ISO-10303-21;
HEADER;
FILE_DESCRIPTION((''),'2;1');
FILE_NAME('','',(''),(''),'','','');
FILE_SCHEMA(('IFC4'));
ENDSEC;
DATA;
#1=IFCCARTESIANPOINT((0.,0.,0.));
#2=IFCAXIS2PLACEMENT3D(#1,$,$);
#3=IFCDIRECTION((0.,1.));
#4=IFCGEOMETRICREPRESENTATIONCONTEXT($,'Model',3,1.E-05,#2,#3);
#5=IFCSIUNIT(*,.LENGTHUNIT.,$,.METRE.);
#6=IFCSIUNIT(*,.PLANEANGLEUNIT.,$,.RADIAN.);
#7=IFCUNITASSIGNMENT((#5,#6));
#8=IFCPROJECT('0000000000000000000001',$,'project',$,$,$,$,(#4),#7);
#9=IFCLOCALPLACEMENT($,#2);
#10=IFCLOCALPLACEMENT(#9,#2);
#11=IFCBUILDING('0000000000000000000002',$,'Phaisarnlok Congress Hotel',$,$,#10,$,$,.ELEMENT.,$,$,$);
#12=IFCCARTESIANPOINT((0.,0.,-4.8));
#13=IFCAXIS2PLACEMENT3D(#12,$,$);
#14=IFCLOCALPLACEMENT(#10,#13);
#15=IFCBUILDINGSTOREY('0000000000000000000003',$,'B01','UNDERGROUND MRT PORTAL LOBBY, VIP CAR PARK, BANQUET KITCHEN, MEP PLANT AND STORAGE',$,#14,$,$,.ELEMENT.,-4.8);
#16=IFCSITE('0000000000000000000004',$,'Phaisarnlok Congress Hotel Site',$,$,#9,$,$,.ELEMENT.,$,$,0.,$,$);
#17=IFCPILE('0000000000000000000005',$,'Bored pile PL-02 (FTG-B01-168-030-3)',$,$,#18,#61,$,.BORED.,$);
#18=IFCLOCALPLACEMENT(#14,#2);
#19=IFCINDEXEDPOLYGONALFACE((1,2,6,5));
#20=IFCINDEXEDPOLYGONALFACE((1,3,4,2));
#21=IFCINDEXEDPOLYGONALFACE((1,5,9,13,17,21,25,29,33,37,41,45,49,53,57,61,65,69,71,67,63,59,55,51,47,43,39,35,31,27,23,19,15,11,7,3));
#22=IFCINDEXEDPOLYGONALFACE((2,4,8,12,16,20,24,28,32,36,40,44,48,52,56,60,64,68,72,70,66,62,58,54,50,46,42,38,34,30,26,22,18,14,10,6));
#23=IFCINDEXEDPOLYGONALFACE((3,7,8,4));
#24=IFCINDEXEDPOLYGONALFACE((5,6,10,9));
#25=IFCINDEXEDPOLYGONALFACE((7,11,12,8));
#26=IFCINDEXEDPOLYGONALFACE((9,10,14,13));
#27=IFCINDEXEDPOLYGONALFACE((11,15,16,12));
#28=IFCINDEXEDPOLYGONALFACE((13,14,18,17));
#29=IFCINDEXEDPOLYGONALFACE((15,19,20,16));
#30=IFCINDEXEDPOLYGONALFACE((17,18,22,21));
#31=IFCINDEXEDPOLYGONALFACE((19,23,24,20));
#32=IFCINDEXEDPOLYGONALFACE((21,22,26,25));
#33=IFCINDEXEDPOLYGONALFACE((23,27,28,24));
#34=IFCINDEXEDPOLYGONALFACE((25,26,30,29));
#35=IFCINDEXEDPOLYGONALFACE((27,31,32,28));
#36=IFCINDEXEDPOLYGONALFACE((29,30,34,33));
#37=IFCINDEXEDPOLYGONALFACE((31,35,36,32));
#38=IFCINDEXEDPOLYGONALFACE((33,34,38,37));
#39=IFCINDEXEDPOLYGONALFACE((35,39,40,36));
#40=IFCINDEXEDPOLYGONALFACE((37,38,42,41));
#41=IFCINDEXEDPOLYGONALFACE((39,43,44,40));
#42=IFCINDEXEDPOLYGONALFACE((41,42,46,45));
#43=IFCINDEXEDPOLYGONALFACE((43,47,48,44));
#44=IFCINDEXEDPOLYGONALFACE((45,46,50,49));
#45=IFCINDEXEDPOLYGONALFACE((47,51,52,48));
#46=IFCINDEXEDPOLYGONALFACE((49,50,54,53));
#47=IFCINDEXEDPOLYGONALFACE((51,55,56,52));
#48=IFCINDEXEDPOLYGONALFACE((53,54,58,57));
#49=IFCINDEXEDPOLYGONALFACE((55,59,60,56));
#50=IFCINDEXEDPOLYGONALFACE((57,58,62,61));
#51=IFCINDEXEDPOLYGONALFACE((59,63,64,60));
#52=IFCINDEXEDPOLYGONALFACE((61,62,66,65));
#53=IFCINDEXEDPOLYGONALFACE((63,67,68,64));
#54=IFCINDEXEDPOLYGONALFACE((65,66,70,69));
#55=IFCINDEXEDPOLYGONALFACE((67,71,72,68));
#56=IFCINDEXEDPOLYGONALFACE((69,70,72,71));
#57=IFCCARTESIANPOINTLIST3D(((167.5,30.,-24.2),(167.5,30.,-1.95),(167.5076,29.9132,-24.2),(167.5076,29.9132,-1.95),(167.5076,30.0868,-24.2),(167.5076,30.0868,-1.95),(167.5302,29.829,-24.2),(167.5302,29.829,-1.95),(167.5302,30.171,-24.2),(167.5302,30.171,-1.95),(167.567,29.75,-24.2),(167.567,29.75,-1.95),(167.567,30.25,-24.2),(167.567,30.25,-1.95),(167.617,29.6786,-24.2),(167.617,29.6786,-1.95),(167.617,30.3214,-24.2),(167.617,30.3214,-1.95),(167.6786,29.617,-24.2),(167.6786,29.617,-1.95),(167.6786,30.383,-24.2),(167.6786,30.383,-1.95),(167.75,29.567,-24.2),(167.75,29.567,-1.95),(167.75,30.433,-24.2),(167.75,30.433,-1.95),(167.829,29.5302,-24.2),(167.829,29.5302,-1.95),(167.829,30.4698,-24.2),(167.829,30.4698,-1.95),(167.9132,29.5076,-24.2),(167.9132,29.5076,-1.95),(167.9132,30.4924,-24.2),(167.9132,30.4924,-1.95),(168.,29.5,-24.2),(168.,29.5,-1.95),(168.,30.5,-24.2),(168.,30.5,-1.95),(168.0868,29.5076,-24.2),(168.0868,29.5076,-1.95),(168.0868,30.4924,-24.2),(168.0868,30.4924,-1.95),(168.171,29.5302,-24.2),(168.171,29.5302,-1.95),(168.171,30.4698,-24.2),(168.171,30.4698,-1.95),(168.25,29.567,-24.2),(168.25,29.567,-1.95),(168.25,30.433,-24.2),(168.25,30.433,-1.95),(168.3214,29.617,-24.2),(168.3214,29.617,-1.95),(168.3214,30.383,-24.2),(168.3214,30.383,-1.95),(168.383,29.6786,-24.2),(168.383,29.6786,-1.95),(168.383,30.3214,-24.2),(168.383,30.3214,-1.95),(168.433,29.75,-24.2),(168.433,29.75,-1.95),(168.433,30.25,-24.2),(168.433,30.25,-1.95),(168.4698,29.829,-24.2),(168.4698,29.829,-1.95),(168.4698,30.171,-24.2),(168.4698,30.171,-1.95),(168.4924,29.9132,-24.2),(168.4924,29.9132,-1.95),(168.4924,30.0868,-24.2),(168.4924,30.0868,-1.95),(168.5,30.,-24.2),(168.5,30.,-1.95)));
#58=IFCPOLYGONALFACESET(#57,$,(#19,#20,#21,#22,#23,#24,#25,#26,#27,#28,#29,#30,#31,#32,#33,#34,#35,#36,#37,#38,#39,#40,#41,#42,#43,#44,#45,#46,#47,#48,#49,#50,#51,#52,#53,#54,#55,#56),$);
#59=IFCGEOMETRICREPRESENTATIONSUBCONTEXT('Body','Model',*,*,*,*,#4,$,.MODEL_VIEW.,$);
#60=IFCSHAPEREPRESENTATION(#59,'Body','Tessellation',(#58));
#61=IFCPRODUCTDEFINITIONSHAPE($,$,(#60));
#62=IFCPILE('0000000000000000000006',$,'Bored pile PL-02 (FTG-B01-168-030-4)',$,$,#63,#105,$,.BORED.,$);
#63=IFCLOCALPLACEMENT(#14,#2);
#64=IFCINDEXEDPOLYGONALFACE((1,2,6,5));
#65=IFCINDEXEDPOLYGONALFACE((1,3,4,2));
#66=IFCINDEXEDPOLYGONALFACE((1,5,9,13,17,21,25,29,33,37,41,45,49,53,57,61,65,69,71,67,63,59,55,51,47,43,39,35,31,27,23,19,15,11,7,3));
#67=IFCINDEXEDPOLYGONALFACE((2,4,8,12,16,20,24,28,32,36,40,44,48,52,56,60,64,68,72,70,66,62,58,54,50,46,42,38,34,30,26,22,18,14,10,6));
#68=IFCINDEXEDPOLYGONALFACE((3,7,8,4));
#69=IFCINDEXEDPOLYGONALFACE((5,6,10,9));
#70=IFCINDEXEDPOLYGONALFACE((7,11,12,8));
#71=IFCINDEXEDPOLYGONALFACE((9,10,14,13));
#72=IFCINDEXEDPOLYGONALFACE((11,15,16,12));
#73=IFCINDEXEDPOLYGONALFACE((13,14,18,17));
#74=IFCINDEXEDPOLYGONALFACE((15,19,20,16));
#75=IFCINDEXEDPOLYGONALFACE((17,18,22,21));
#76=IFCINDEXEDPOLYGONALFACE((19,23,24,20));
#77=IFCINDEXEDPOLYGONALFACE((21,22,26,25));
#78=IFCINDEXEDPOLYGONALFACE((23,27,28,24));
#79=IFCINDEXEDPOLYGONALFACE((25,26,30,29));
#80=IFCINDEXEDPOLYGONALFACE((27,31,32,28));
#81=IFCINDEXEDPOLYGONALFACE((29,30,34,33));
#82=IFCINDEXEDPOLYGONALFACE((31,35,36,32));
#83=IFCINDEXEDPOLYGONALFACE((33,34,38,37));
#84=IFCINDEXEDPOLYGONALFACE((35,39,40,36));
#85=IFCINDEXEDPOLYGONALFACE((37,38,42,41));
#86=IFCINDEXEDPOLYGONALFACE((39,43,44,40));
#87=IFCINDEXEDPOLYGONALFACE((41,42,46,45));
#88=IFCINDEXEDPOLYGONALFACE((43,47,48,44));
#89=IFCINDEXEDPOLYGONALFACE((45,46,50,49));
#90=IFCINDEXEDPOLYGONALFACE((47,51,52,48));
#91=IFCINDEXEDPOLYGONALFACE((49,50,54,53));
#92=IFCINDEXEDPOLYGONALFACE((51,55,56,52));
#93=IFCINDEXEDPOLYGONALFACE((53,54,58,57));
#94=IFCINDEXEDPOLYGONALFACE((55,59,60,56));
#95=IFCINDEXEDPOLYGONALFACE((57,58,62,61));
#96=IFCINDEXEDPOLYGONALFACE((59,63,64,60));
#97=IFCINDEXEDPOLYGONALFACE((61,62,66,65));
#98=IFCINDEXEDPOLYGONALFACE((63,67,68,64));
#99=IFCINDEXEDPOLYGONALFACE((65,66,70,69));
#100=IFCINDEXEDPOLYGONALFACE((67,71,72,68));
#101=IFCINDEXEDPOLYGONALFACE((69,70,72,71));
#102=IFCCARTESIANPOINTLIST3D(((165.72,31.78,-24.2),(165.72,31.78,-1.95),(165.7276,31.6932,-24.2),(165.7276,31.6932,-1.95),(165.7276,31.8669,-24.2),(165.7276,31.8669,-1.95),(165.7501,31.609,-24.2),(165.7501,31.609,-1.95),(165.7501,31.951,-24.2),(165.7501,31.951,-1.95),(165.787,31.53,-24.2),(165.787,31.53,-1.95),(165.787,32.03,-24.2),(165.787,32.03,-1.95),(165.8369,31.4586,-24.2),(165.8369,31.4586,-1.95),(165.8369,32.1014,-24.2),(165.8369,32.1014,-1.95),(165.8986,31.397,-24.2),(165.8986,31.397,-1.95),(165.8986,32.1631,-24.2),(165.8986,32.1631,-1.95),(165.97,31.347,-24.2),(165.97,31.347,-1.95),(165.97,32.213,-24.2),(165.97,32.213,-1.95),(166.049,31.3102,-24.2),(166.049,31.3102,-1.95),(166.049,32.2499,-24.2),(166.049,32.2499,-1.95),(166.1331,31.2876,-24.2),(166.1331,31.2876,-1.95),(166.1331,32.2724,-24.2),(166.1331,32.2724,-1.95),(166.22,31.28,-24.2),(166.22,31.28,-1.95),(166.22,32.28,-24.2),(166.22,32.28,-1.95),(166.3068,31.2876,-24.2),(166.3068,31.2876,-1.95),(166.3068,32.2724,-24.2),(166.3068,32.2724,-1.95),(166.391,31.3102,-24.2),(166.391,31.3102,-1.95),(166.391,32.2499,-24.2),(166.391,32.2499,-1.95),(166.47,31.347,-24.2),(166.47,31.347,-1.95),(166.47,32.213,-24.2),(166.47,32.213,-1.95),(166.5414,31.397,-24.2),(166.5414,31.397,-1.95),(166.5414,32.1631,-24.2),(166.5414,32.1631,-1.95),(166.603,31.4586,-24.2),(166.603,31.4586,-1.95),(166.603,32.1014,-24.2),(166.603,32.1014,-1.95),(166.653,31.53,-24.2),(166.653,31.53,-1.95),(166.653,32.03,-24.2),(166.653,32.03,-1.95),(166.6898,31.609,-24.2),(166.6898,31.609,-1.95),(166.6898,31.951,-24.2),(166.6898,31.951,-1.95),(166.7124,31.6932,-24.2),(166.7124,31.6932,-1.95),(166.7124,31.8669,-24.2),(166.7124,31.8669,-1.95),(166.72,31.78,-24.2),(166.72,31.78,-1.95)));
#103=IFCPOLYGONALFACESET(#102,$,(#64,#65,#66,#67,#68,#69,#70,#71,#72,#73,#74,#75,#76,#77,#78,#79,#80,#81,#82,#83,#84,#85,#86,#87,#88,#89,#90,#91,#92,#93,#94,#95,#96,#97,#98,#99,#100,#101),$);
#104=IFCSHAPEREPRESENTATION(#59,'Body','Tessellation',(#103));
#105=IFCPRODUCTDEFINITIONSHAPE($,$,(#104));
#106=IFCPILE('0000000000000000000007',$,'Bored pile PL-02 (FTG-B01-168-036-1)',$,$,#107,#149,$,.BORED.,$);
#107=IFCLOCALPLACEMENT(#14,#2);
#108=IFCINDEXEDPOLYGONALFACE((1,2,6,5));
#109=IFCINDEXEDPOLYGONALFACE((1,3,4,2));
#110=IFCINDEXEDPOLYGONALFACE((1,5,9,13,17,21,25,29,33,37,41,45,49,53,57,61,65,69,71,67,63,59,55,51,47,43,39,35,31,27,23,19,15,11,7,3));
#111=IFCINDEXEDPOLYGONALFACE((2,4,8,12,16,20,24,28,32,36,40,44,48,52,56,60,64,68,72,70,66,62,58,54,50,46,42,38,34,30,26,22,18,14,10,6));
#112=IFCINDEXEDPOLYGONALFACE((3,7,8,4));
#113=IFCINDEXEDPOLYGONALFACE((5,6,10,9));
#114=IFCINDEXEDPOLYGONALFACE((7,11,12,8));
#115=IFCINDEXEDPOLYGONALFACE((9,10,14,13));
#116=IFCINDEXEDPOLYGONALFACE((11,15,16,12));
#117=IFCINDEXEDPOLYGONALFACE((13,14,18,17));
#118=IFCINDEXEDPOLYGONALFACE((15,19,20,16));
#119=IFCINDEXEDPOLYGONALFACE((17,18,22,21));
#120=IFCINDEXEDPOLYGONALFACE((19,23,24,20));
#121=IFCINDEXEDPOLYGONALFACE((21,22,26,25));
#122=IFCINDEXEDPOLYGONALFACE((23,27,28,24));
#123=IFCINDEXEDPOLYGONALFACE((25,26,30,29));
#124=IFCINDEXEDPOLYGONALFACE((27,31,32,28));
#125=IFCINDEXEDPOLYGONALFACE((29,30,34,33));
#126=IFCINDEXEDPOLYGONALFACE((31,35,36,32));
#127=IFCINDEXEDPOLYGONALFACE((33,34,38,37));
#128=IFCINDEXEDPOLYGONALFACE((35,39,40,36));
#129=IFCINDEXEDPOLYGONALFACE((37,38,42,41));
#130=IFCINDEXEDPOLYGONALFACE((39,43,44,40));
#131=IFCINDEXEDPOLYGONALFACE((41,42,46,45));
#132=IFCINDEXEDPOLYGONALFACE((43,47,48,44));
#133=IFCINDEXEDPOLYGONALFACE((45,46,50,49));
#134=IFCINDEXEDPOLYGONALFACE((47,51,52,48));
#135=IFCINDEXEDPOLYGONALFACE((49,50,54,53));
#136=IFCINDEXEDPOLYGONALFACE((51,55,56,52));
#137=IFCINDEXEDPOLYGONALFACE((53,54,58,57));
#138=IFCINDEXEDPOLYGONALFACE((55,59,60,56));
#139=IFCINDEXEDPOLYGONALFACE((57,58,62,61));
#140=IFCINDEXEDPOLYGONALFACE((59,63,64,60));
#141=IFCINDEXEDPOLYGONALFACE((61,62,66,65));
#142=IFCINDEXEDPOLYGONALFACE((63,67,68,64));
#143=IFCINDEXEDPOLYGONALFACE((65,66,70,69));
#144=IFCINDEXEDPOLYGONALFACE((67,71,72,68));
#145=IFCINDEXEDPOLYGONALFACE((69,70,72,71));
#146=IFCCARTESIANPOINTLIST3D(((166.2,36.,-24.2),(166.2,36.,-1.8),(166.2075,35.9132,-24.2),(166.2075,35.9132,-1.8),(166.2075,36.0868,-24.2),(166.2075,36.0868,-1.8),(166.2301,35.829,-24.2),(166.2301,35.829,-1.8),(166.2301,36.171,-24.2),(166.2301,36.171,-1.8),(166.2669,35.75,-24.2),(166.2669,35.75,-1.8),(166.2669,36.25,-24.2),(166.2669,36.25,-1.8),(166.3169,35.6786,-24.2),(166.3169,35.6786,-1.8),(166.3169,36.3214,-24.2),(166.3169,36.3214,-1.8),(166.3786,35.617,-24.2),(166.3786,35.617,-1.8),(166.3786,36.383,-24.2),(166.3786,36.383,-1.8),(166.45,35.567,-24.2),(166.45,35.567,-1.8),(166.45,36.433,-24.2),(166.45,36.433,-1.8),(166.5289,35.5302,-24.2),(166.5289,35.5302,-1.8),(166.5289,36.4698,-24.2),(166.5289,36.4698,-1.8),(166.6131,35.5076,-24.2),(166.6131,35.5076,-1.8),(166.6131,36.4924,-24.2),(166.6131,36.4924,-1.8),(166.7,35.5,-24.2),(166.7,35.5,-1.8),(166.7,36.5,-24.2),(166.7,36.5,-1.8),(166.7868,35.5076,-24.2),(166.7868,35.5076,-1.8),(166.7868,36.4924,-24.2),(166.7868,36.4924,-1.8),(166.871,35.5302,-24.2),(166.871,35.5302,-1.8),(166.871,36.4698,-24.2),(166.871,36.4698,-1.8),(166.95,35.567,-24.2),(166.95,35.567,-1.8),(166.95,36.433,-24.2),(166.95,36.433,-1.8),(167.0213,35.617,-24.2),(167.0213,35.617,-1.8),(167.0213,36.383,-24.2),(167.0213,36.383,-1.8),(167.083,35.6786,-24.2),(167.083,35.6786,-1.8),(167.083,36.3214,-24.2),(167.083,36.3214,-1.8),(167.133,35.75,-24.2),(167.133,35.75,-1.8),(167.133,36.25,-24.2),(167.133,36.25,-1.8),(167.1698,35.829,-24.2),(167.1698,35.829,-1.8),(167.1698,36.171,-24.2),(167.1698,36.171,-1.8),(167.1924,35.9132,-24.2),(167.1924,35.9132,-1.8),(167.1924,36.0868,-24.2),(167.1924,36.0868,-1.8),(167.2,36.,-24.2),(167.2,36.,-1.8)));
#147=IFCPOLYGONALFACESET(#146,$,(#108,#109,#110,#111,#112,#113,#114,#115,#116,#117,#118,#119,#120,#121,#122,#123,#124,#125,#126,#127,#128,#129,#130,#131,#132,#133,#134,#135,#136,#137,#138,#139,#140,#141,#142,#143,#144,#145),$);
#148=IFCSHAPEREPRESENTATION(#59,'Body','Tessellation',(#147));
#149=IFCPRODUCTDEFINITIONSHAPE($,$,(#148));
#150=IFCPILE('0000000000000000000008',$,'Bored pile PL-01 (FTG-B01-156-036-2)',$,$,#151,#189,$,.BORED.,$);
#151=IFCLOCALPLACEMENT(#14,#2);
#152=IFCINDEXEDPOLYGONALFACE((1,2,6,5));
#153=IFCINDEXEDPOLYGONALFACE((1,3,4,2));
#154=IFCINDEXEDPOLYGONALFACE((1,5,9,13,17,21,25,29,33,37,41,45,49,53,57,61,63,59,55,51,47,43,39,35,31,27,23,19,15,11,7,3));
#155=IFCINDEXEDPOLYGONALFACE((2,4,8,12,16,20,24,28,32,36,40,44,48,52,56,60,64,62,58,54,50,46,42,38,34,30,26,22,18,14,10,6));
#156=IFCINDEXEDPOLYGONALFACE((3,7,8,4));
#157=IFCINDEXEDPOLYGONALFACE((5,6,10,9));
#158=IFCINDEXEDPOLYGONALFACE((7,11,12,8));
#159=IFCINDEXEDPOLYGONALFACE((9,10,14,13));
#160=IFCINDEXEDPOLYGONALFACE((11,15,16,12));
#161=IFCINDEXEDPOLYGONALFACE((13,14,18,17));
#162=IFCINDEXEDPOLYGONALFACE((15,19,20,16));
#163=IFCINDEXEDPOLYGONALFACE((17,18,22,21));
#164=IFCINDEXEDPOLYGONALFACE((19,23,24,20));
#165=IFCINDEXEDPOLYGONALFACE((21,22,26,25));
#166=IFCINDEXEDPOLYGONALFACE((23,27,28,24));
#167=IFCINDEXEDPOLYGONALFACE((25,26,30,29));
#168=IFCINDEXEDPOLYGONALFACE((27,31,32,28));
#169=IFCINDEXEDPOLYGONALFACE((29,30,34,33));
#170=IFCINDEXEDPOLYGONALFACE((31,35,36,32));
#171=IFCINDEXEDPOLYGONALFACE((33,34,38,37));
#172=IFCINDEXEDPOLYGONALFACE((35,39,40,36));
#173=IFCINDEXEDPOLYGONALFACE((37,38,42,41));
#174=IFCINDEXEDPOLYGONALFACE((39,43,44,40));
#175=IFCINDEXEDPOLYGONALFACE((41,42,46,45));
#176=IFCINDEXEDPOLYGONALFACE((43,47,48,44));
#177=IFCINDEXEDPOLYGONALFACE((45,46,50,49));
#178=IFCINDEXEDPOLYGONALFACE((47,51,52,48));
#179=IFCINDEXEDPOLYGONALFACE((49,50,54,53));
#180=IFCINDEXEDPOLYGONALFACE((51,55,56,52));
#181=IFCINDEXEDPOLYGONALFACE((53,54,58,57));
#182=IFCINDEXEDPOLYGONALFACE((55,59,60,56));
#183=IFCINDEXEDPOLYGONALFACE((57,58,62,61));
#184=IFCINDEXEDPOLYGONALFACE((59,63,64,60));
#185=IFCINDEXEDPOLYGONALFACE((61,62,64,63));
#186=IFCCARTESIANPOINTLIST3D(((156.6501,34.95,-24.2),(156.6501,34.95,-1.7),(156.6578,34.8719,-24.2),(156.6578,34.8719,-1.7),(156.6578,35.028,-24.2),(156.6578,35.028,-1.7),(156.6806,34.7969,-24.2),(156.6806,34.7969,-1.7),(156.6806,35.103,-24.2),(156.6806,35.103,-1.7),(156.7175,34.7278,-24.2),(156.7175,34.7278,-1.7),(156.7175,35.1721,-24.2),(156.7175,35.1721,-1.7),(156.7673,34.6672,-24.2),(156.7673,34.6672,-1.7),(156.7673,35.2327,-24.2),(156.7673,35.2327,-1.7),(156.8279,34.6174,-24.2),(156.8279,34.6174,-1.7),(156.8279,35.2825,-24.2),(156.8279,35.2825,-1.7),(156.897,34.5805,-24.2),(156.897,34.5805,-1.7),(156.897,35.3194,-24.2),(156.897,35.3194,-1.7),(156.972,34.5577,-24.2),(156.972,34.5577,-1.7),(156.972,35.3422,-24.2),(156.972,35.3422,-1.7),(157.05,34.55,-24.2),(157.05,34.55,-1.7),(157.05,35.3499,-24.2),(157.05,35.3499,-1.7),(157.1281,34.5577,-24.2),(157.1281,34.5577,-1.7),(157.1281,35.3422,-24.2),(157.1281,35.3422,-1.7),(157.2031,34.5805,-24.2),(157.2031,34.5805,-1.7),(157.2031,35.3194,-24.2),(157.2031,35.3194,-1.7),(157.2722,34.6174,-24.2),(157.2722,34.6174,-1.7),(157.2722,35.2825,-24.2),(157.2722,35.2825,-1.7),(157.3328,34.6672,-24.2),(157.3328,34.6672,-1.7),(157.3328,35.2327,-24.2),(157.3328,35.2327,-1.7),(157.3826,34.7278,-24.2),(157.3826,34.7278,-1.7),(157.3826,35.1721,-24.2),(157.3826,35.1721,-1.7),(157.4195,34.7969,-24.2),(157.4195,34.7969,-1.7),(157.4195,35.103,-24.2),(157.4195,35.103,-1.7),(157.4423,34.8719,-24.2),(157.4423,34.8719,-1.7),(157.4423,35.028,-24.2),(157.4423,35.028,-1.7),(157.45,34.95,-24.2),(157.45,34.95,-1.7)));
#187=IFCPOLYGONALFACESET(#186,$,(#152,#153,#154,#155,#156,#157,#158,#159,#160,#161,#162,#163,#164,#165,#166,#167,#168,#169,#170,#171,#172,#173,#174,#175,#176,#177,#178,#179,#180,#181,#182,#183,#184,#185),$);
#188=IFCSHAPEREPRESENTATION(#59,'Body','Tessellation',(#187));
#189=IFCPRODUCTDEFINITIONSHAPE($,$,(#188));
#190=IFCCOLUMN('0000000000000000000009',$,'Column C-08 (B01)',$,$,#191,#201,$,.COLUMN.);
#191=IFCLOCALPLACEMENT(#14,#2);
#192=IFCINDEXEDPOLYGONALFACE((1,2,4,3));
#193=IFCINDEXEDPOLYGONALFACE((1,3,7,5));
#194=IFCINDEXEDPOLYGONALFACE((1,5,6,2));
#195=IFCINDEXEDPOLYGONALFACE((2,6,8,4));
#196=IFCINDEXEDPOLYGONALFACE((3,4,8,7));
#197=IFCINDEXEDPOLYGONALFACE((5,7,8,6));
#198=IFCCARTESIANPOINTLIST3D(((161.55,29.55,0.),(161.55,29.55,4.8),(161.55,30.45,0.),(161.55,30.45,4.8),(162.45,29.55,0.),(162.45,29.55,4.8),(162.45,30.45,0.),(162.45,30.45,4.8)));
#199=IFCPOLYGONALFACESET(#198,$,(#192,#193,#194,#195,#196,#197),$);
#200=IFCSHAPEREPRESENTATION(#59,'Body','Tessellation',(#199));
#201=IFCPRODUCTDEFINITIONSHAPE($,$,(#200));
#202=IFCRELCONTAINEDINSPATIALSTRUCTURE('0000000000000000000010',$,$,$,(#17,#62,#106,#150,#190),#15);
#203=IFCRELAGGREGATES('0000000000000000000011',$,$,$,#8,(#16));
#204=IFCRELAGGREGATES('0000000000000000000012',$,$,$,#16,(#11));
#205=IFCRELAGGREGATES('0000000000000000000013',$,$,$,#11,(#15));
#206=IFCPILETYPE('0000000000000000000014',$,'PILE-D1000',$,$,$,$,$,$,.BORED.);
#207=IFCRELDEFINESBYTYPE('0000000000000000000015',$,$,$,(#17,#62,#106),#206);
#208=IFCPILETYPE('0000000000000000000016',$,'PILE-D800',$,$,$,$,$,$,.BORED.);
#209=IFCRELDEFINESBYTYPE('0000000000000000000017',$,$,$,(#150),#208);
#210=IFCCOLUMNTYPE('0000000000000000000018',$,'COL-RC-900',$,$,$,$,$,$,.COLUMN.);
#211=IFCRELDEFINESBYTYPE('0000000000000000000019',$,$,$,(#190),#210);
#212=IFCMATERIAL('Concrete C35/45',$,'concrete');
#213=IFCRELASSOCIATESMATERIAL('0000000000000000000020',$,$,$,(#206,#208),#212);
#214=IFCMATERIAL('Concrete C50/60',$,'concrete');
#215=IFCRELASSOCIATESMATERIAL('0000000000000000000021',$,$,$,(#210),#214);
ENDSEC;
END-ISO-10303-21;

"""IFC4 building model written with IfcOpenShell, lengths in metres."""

from ifc_helpers import new_model, si_unit, direction, frame, origin, origin_2d, place, context, subcontext, project, spatial, rectangle, circle, extrude, material, material_profile, profile_set, type_object, element, save


model = new_model("IFC4")

# Units and contexts
model_context = context("Model", 3, precision=1e-05, world=origin(), true_north=direction((0.0, 1.0)))
body_context = subcontext(model_context, "Body", "Model", "MODEL_VIEW")
ifc_project = project(units=[si_unit("LENGTHUNIT", "METRE"), si_unit("PLANEANGLEUNIT", "RADIAN")], contexts=[model_context])

# Site, building, storey
site_placement = place(None, origin())
site = spatial("IfcSite", under=ifc_project, at=site_placement, Name="Phaisarnlok Congress Hotel Site", CompositionType="ELEMENT", RefElevation=0.0)
building_placement = place(site_placement, origin())
building = spatial("IfcBuilding", under=site, at=building_placement, Name="Phaisarnlok Congress Hotel", CompositionType="ELEMENT")
storey_placement = place(building_placement, frame((0.0, 0.0, -4.8)))
storey = spatial("IfcBuildingStorey", under=building, at=storey_placement, Name="B01", Description="UNDERGROUND MRT PORTAL LOBBY, VIP CAR PARK, BANQUET KITCHEN, MEP PLANT AND STORAGE", CompositionType="ELEMENT", Elevation=-4.8)

# Piles
ifc_material_1 = material(Name="Concrete C35/45", Category="concrete")
ifc_material_profile_1 = material_profile(ifc_material_1, circle(Radius=0.5, at=origin_2d()), Name="BORED PILE D1000")
ifc_profile_set_1 = profile_set([ifc_material_profile_1], Name="Concrete C35/45")
pile_type_1 = type_object("IfcPileType", Name="PILE-D1000", PredefinedType="BORED", material=ifc_profile_set_1)
for number, where, z_axis, x_axis, name in (
    (1, (168.0, 30.0, -1.95), (0.0, 0.0, -1.0), (1.0, 0.0, 0.0), "Bored pile PL-02 (FTG-B01-168-030-3)"),
    (2, (166.22, 31.78, -1.95), (0.0, 0.0, -1.0), (1.0, 0.0, 0.0), "Bored pile PL-02 (FTG-B01-168-030-4)"),
):
    element("IfcPile", number, at=place(storey_placement, frame(where, z_axis=z_axis, x_axis=x_axis)), inside=storey, type_object=pile_type_1, Name=name, PredefinedType="BORED", context=body_context, shape_type="SweptSolid", body=[
        extrude(circle(Radius=0.5, at=origin_2d()), origin(), (0.0, 0.0, 1.0), 22.25),
    ])
pile_1_placement = place(storey_placement, frame((166.7, 36.0, -1.8), z_axis=(0.0, 0.0, -1.0), x_axis=(1.0, 0.0, 0.0)))
element("IfcPile", 3, at=pile_1_placement, inside=storey, type_object=pile_type_1, Name="Bored pile PL-02 (FTG-B01-168-036-1)", PredefinedType="BORED", context=body_context, shape_type="SweptSolid", body=[
    extrude(circle(Radius=0.5, at=origin_2d()), origin(), (0.0, 0.0, 1.0), 22.3999),
])
ifc_material_profile_2 = material_profile(ifc_material_1, circle(Radius=0.3999, at=origin_2d()), Name="BORED PILE D800")
ifc_profile_set_2 = profile_set([ifc_material_profile_2], Name="Concrete C35/45")
pile_type_2 = type_object("IfcPileType", Name="PILE-D800", PredefinedType="BORED", material=ifc_profile_set_2)
pile_2_placement = place(storey_placement, frame((157.05, 34.95, -1.7), z_axis=(0.0, 0.0, -1.0), x_axis=(1.0, 0.0, 0.0)))
element("IfcPile", 4, at=pile_2_placement, inside=storey, type_object=pile_type_2, Name="Bored pile PL-01 (FTG-B01-156-036-2)", PredefinedType="BORED", context=body_context, shape_type="SweptSolid", body=[
    extrude(circle(Radius=0.3999, at=origin_2d()), origin(), (0.0, 0.0, 1.0), 22.5),
])

# Column
ifc_material_2 = material(Name="Concrete C50/60", Category="concrete")
ifc_material_profile_3 = material_profile(ifc_material_2, rectangle(XDim=0.8999, YDim=0.8999, at=origin_2d()), Name="RC 900x900")
ifc_profile_set_3 = profile_set([ifc_material_profile_3], Name="Concrete C50/60")
column_type = type_object("IfcColumnType", Name="COL-RC-900", PredefinedType="COLUMN", material=ifc_profile_set_3)
for number, where, z_axis, x_axis, name in (
    (5, (162.0, 30.0, 0.0), (0.0, 0.0, 1.0), (1.0, 0.0, 0.0), "Column C-08 (B01)"),
):
    element("IfcColumn", number, at=place(storey_placement, frame(where, z_axis=z_axis, x_axis=x_axis)), inside=storey, type_object=column_type, Name=name, PredefinedType="COLUMN", context=body_context, shape_type="SweptSolid", body=[
        extrude(rectangle(XDim=0.8999, YDim=0.8999, at=origin_2d()), origin(), (0.0, 0.0, 1.0), 4.8),
    ])

save(model, "model.ifc")
